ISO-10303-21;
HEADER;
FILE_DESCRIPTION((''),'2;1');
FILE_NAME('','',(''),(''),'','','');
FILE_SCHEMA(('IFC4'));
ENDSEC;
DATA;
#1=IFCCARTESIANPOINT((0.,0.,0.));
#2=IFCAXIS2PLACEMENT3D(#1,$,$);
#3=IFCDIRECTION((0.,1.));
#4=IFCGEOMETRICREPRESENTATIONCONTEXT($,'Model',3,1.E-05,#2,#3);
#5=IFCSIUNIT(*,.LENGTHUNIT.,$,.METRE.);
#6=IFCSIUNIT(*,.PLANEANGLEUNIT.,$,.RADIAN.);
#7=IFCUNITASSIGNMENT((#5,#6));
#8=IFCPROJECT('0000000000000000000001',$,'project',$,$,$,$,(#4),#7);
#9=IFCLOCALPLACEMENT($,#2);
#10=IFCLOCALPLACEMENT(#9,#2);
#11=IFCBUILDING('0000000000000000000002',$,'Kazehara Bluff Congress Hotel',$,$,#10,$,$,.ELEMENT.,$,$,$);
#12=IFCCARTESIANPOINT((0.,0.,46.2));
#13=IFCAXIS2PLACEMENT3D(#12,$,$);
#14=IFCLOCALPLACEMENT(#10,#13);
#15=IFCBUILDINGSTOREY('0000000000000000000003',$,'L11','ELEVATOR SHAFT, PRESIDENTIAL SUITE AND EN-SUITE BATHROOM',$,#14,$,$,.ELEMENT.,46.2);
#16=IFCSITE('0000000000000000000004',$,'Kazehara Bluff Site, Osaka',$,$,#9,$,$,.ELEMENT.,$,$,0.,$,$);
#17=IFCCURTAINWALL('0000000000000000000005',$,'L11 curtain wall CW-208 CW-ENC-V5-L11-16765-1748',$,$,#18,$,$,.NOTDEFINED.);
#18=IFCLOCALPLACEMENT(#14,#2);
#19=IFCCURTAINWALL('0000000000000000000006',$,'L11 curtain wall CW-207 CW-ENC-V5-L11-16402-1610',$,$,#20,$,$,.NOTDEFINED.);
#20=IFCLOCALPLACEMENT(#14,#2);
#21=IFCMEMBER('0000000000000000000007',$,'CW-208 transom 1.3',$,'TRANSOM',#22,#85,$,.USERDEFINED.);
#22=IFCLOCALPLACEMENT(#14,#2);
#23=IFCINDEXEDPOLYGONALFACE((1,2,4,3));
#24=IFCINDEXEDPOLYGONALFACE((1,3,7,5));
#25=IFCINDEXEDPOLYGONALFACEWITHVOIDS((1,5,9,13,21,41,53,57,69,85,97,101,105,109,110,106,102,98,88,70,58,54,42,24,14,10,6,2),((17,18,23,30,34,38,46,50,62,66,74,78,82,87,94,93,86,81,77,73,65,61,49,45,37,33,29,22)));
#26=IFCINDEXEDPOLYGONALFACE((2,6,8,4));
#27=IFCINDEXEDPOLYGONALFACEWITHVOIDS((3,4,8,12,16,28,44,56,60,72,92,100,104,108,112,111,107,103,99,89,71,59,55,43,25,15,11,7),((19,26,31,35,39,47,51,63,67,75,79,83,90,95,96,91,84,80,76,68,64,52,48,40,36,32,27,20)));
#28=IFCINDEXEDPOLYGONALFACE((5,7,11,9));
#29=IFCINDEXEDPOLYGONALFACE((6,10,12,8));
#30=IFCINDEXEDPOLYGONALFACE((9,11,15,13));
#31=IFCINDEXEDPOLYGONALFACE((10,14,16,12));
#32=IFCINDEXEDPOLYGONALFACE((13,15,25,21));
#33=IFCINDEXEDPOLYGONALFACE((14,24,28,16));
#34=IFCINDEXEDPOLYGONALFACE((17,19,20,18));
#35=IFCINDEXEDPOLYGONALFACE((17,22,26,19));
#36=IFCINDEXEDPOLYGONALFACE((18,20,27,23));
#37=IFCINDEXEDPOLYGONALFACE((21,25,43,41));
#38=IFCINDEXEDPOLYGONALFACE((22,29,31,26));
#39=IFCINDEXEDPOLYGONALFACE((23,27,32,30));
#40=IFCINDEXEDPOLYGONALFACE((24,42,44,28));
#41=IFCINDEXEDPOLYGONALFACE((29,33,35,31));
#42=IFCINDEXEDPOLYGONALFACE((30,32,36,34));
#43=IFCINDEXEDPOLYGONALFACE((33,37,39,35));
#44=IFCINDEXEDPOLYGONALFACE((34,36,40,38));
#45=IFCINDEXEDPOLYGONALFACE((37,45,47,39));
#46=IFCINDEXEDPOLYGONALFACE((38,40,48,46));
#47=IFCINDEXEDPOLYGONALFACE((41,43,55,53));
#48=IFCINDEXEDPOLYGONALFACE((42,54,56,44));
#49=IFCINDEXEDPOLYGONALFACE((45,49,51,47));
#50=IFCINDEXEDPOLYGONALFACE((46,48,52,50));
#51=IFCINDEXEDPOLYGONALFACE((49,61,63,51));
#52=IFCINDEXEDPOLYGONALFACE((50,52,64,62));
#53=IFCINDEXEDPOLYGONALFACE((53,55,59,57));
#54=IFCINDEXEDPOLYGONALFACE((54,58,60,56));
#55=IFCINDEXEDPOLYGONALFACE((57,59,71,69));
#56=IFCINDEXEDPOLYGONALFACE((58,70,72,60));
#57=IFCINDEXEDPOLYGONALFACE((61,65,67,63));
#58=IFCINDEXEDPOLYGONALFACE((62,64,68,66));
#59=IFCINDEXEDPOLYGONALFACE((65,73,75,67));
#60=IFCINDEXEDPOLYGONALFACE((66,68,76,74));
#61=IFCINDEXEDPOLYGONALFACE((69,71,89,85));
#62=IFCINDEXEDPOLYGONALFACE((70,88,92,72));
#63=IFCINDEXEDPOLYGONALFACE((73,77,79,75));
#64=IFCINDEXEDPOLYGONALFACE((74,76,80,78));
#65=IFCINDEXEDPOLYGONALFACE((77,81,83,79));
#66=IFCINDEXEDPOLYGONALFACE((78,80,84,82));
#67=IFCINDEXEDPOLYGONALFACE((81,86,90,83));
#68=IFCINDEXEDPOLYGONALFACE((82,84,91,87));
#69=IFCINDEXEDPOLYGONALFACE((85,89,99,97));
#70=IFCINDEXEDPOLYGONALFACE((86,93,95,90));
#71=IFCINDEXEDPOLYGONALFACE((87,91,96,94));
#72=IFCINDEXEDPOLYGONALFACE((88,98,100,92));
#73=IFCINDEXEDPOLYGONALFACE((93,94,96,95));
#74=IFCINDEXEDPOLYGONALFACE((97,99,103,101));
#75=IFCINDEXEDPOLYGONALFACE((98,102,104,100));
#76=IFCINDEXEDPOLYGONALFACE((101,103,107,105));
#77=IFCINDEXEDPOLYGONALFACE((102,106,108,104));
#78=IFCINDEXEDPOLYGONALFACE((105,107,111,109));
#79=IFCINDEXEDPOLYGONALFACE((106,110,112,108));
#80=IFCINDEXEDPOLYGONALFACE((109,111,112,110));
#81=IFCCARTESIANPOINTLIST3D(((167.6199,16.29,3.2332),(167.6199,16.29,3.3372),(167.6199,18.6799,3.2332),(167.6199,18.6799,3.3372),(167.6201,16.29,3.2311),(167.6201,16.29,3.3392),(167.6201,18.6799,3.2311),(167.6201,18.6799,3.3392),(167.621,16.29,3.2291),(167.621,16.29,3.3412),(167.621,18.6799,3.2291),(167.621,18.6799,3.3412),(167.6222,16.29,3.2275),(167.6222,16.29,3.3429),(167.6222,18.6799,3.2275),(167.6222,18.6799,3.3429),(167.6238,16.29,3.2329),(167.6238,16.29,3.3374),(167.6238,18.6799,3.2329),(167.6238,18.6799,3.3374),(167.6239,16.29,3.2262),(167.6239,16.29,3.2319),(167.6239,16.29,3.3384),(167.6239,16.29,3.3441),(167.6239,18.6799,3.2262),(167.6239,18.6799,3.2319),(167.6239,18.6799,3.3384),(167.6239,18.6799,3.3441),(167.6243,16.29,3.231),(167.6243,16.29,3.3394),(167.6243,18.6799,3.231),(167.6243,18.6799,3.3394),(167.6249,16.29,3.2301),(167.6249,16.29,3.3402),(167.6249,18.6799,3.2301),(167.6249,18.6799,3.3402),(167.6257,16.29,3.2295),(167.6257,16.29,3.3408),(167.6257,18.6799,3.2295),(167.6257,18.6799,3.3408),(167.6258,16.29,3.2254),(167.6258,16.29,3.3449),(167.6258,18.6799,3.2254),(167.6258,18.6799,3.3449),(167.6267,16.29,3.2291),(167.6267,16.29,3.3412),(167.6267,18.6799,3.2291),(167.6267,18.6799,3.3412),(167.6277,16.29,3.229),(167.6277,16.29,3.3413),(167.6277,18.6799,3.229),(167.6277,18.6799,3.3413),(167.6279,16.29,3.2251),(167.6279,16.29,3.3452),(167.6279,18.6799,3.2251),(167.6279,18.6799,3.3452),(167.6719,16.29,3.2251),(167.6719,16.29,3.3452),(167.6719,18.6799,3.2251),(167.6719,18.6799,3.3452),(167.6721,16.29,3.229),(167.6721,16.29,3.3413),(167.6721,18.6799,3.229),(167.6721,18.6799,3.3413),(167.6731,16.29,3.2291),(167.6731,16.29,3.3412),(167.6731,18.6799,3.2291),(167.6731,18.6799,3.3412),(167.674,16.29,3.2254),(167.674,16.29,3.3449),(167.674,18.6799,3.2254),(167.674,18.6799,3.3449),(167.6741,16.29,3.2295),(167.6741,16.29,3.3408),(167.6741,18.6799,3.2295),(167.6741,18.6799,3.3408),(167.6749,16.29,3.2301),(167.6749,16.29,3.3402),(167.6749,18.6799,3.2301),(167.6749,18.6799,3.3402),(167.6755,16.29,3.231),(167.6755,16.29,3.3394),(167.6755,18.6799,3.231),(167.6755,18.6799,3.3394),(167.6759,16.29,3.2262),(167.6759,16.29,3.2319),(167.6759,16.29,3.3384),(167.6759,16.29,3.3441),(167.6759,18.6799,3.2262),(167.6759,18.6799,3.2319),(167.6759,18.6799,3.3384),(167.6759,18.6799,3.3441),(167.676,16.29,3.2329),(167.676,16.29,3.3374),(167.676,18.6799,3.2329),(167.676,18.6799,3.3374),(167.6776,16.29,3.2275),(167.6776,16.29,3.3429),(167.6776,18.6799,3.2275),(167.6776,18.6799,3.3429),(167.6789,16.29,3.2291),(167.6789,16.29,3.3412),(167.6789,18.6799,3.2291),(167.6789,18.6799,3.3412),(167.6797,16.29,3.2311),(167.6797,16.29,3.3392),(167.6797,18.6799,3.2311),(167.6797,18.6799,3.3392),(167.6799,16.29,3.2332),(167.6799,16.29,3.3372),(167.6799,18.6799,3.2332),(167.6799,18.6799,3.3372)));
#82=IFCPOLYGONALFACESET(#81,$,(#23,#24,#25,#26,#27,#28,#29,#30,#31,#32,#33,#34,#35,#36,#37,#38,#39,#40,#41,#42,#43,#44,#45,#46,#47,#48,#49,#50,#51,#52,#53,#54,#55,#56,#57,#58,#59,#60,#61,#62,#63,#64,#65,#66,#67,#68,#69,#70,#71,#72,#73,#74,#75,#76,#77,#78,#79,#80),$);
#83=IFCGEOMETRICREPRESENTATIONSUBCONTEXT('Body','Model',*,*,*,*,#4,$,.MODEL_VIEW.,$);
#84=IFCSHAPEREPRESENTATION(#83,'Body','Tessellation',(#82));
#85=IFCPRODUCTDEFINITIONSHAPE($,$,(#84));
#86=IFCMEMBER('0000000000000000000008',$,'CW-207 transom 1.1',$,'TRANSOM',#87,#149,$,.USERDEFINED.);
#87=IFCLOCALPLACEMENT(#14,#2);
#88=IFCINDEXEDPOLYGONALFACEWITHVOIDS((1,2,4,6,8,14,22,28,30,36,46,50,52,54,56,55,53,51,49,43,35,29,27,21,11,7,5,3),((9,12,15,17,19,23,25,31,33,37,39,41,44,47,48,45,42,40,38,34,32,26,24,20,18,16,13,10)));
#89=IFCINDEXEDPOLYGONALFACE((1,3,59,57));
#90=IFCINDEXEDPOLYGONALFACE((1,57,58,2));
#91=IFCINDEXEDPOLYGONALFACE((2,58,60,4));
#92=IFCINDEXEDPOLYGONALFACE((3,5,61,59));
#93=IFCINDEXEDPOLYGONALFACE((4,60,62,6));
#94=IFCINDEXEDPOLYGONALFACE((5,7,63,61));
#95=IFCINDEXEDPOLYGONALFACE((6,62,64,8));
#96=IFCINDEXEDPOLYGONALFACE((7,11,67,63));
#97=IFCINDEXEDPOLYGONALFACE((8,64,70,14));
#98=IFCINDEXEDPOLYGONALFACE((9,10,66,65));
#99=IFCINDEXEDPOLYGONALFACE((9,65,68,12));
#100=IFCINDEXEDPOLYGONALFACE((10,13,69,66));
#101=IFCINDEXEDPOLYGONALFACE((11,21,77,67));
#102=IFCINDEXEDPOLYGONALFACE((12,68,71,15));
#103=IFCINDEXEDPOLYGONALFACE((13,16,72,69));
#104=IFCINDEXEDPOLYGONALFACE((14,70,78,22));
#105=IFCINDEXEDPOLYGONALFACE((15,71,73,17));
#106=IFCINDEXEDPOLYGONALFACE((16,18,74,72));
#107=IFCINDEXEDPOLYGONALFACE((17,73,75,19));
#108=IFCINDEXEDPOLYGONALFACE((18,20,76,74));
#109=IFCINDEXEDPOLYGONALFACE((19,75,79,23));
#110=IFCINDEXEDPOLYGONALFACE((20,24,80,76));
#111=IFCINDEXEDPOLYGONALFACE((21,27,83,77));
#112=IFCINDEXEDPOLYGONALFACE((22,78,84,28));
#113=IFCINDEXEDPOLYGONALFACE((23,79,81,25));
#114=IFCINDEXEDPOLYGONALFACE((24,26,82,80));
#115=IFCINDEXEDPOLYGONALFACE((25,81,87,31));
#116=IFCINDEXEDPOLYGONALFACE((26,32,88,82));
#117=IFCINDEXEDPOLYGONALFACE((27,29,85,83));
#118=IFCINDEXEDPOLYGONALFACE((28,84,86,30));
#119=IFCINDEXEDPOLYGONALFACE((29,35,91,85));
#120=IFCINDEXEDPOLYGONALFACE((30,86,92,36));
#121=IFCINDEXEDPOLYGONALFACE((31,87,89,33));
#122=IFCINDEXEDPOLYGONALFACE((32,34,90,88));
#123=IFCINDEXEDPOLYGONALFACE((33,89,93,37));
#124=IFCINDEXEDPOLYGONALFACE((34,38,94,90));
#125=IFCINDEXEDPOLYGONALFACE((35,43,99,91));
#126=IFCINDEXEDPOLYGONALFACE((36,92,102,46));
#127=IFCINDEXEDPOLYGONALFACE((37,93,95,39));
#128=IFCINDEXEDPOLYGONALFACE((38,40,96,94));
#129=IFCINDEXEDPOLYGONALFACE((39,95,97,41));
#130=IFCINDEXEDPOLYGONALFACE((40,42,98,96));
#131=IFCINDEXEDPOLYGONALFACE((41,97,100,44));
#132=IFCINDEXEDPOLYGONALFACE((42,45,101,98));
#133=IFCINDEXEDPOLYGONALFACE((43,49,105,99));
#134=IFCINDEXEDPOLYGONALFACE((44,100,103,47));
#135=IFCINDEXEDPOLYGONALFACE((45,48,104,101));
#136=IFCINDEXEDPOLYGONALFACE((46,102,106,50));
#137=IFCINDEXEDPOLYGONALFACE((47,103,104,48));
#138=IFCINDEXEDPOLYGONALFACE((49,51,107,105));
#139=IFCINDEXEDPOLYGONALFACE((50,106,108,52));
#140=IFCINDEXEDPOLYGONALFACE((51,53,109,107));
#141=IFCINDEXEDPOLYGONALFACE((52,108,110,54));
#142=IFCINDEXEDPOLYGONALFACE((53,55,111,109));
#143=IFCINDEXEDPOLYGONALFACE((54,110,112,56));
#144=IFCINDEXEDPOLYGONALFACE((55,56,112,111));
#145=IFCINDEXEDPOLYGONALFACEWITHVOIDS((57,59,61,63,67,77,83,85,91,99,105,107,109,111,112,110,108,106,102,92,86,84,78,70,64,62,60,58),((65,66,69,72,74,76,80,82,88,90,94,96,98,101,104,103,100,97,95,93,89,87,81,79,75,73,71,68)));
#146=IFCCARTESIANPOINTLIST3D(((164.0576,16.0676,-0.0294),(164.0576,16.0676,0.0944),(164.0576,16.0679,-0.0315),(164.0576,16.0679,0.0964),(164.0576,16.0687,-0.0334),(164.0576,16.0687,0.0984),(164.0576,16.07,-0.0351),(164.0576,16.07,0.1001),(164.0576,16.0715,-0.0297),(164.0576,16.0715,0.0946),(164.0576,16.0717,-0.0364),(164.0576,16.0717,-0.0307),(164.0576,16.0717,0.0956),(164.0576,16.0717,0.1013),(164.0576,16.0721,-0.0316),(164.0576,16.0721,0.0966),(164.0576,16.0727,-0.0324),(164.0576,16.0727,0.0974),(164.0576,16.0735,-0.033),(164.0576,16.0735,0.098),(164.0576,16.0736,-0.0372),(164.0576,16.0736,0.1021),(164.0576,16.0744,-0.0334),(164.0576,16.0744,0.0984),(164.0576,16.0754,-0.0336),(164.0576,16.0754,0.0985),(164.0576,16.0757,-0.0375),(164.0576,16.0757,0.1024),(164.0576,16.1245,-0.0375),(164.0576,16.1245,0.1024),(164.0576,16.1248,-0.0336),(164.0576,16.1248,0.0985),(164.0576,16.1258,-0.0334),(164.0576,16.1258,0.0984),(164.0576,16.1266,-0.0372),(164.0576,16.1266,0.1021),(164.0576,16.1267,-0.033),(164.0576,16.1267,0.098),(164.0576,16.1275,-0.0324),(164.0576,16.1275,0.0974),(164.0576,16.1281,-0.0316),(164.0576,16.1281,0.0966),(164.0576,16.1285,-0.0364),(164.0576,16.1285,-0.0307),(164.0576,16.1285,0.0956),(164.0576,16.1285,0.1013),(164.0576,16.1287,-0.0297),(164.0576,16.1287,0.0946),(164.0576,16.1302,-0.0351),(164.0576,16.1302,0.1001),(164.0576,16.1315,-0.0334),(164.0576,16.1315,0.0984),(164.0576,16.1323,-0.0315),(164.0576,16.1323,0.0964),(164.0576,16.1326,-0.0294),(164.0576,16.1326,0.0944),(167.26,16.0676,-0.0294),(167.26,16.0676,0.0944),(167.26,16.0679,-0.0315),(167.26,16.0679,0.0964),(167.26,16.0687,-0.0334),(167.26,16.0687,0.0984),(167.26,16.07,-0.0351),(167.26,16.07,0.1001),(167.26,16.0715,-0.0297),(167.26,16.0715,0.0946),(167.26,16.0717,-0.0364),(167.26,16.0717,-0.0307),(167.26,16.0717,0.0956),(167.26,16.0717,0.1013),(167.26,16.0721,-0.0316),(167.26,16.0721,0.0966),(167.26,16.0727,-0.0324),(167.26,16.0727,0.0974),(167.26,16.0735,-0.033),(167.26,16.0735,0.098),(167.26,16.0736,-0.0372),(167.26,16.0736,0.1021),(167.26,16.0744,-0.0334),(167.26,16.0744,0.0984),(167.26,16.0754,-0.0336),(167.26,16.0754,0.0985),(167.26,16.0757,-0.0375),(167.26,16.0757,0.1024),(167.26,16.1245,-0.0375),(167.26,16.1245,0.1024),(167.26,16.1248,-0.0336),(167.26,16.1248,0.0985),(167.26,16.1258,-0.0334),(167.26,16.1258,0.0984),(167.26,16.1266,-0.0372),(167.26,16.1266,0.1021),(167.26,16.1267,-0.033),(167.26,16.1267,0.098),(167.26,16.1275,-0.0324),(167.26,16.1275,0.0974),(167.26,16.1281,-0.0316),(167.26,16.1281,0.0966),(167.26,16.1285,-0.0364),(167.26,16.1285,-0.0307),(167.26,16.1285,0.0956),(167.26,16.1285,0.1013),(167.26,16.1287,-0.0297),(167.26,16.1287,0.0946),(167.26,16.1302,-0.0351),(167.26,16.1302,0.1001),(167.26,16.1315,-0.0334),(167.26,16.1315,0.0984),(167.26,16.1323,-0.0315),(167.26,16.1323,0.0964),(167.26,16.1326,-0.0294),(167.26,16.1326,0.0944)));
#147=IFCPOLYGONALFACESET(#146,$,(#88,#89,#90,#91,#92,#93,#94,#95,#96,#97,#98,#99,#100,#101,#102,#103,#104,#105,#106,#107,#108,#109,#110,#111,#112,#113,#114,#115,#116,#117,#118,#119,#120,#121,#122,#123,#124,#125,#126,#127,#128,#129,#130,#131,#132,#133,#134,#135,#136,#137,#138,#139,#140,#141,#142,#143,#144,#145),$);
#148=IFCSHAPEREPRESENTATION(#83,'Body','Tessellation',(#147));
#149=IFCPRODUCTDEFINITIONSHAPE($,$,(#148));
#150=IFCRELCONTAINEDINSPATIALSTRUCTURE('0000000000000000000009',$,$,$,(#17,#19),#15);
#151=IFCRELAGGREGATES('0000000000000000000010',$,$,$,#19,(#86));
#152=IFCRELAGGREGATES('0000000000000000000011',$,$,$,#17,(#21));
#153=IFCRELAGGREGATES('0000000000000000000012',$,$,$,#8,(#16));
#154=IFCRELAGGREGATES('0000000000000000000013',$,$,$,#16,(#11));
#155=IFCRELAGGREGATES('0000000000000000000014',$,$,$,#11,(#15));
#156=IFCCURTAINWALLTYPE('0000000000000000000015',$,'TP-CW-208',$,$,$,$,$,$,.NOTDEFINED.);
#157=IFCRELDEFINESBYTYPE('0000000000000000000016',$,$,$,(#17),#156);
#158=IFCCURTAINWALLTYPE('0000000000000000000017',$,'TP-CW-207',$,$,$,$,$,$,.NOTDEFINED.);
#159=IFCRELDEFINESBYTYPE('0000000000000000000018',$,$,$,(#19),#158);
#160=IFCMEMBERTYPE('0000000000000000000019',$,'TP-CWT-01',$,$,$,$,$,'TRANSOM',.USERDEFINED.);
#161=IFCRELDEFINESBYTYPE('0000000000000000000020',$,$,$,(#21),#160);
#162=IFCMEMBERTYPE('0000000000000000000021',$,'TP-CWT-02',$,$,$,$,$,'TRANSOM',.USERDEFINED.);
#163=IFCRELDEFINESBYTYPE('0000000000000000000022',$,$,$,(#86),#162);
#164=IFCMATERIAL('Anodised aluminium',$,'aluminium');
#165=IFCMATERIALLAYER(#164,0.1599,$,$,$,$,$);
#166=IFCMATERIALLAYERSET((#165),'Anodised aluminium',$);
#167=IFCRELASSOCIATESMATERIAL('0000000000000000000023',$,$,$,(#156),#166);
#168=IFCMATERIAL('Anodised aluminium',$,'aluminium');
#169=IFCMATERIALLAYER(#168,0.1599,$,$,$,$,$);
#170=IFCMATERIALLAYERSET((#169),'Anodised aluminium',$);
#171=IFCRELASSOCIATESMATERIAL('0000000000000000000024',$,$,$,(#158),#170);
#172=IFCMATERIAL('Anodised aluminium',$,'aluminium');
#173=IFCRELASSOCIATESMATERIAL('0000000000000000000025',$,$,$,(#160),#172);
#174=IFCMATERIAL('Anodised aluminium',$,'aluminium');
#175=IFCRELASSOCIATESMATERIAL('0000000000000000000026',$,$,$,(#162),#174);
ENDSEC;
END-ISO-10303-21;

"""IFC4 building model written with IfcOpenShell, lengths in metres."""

from ifc_helpers import new_model, si_unit, direction, frame, origin, origin_2d, place, context, subcontext, project, spatial, hollow_rectangle, extrude, material, layer, layer_set, material_profile, profile_set, type_object, element, aggregate, save


model = new_model("IFC4")

# Units and contexts
model_context = context("Model", 3, precision=1e-05, world=origin(), true_north=direction((0.0, 1.0)))
body_context = subcontext(model_context, "Body", "Model", "MODEL_VIEW")
ifc_project = project(units=[si_unit("LENGTHUNIT", "METRE"), si_unit("PLANEANGLEUNIT", "RADIAN")], contexts=[model_context])

# Site, building, storey
site_placement = place(None, origin())
site = spatial("IfcSite", under=ifc_project, at=site_placement, Name="Kazehara Bluff Site, Osaka", CompositionType="ELEMENT", RefElevation=0.0)
building_placement = place(site_placement, origin())
building = spatial("IfcBuilding", under=site, at=building_placement, Name="Kazehara Bluff Congress Hotel", CompositionType="ELEMENT")
storey_placement = place(building_placement, frame((0.0, 0.0, 46.2)))
storey = spatial("IfcBuildingStorey", under=building, at=storey_placement, Name="L11", Description="ELEVATOR SHAFT, PRESIDENTIAL SUITE AND EN-SUITE BATHROOM", CompositionType="ELEMENT", Elevation=46.2)

# Curtain wall
ifc_material_1 = material(Name="Anodised aluminium", Category="aluminium")
ifc_layer_1 = layer(ifc_material_1, 0.1599)
ifc_layer_set_1 = layer_set([ifc_layer_1], Name="Anodised aluminium")
curtain_wall_type_1 = type_object("IfcCurtainWallType", Name="TP-CW-208", PredefinedType="NOTDEFINED", material=ifc_layer_set_1)
curtain_wall_1_placement = place(storey_placement, origin())
curtain_wall_1 = element("IfcCurtainWall", 1, at=curtain_wall_1_placement, inside=storey, type_object=curtain_wall_type_1, Name="L11 curtain wall CW-208 CW-ENC-V5-L11-16765-1748", PredefinedType="NOTDEFINED")

# Curtain wall
ifc_material_2 = material(Name="Anodised aluminium", Category="aluminium")
ifc_layer_2 = layer(ifc_material_2, 0.1599)
ifc_layer_set_2 = layer_set([ifc_layer_2], Name="Anodised aluminium")
curtain_wall_type_2 = type_object("IfcCurtainWallType", Name="TP-CW-207", PredefinedType="NOTDEFINED", material=ifc_layer_set_2)
curtain_wall_2_placement = place(storey_placement, origin())
curtain_wall_2 = element("IfcCurtainWall", 2, at=curtain_wall_2_placement, inside=storey, type_object=curtain_wall_type_2, Name="L11 curtain wall CW-207 CW-ENC-V5-L11-16402-1610", PredefinedType="NOTDEFINED")

# Members
ifc_material_3 = material(Name="Anodised aluminium", Category="aluminium")
ifc_material_profile_1 = material_profile(ifc_material_3, hollow_rectangle(XDim=0.0601, YDim=0.1201, WallThickness=0.0039, InnerFilletRadius=0.0039, OuterFilletRadius=0.0081, at=origin_2d()))
ifc_profile_set_1 = profile_set([ifc_material_profile_1], Name="Anodised aluminium")
member_type_1 = type_object("IfcMemberType", Name="TP-CWT-01", ElementType="TRANSOM", PredefinedType="USERDEFINED", material=ifc_profile_set_1)
member_1_placement = place(storey_placement, frame((167.6499, 18.6799, 3.2852), z_axis=(0.0, -1.0, 0.0), x_axis=(1.0, 0.0, 0.0)))
member_1 = element("IfcMember", 3, at=member_1_placement, type_object=member_type_1, Name="CW-208 transom 1.3", ObjectType="TRANSOM", PredefinedType="USERDEFINED", context=body_context, shape_type="SweptSolid", body=[
    extrude(hollow_rectangle(XDim=0.0601, YDim=0.1201, WallThickness=0.0039, InnerFilletRadius=0.0039, OuterFilletRadius=0.0081, at=origin_2d()), origin(), (0.0, 0.0, 1.0), 2.3899),
])
ifc_material_4 = material(Name="Anodised aluminium", Category="aluminium")
ifc_material_profile_2 = material_profile(ifc_material_4, hollow_rectangle(XDim=0.0649, YDim=0.1399, WallThickness=0.0039, InnerFilletRadius=0.0039, OuterFilletRadius=0.0081, at=origin_2d()))
ifc_profile_set_2 = profile_set([ifc_material_profile_2], Name="Anodised aluminium")
member_type_2 = type_object("IfcMemberType", Name="TP-CWT-02", ElementType="TRANSOM", PredefinedType="USERDEFINED", material=ifc_profile_set_2)
member_2_placement = place(storey_placement, frame((167.26, 16.1001, 0.0325), z_axis=(-1.0, 0.0, 0.0), x_axis=(0.0, -1.0, 0.0)))
member_2 = element("IfcMember", 4, at=member_2_placement, type_object=member_type_2, Name="CW-207 transom 1.1", ObjectType="TRANSOM", PredefinedType="USERDEFINED", context=body_context, shape_type="SweptSolid", body=[
    extrude(hollow_rectangle(XDim=0.0649, YDim=0.1399, WallThickness=0.0039, InnerFilletRadius=0.0039, OuterFilletRadius=0.0081, at=origin_2d()), origin(), (0.0, 0.0, 1.0), 3.2024),
])

aggregate(curtain_wall_2, [member_2])
aggregate(curtain_wall_1, [member_1])

save(model, "model.ifc")
